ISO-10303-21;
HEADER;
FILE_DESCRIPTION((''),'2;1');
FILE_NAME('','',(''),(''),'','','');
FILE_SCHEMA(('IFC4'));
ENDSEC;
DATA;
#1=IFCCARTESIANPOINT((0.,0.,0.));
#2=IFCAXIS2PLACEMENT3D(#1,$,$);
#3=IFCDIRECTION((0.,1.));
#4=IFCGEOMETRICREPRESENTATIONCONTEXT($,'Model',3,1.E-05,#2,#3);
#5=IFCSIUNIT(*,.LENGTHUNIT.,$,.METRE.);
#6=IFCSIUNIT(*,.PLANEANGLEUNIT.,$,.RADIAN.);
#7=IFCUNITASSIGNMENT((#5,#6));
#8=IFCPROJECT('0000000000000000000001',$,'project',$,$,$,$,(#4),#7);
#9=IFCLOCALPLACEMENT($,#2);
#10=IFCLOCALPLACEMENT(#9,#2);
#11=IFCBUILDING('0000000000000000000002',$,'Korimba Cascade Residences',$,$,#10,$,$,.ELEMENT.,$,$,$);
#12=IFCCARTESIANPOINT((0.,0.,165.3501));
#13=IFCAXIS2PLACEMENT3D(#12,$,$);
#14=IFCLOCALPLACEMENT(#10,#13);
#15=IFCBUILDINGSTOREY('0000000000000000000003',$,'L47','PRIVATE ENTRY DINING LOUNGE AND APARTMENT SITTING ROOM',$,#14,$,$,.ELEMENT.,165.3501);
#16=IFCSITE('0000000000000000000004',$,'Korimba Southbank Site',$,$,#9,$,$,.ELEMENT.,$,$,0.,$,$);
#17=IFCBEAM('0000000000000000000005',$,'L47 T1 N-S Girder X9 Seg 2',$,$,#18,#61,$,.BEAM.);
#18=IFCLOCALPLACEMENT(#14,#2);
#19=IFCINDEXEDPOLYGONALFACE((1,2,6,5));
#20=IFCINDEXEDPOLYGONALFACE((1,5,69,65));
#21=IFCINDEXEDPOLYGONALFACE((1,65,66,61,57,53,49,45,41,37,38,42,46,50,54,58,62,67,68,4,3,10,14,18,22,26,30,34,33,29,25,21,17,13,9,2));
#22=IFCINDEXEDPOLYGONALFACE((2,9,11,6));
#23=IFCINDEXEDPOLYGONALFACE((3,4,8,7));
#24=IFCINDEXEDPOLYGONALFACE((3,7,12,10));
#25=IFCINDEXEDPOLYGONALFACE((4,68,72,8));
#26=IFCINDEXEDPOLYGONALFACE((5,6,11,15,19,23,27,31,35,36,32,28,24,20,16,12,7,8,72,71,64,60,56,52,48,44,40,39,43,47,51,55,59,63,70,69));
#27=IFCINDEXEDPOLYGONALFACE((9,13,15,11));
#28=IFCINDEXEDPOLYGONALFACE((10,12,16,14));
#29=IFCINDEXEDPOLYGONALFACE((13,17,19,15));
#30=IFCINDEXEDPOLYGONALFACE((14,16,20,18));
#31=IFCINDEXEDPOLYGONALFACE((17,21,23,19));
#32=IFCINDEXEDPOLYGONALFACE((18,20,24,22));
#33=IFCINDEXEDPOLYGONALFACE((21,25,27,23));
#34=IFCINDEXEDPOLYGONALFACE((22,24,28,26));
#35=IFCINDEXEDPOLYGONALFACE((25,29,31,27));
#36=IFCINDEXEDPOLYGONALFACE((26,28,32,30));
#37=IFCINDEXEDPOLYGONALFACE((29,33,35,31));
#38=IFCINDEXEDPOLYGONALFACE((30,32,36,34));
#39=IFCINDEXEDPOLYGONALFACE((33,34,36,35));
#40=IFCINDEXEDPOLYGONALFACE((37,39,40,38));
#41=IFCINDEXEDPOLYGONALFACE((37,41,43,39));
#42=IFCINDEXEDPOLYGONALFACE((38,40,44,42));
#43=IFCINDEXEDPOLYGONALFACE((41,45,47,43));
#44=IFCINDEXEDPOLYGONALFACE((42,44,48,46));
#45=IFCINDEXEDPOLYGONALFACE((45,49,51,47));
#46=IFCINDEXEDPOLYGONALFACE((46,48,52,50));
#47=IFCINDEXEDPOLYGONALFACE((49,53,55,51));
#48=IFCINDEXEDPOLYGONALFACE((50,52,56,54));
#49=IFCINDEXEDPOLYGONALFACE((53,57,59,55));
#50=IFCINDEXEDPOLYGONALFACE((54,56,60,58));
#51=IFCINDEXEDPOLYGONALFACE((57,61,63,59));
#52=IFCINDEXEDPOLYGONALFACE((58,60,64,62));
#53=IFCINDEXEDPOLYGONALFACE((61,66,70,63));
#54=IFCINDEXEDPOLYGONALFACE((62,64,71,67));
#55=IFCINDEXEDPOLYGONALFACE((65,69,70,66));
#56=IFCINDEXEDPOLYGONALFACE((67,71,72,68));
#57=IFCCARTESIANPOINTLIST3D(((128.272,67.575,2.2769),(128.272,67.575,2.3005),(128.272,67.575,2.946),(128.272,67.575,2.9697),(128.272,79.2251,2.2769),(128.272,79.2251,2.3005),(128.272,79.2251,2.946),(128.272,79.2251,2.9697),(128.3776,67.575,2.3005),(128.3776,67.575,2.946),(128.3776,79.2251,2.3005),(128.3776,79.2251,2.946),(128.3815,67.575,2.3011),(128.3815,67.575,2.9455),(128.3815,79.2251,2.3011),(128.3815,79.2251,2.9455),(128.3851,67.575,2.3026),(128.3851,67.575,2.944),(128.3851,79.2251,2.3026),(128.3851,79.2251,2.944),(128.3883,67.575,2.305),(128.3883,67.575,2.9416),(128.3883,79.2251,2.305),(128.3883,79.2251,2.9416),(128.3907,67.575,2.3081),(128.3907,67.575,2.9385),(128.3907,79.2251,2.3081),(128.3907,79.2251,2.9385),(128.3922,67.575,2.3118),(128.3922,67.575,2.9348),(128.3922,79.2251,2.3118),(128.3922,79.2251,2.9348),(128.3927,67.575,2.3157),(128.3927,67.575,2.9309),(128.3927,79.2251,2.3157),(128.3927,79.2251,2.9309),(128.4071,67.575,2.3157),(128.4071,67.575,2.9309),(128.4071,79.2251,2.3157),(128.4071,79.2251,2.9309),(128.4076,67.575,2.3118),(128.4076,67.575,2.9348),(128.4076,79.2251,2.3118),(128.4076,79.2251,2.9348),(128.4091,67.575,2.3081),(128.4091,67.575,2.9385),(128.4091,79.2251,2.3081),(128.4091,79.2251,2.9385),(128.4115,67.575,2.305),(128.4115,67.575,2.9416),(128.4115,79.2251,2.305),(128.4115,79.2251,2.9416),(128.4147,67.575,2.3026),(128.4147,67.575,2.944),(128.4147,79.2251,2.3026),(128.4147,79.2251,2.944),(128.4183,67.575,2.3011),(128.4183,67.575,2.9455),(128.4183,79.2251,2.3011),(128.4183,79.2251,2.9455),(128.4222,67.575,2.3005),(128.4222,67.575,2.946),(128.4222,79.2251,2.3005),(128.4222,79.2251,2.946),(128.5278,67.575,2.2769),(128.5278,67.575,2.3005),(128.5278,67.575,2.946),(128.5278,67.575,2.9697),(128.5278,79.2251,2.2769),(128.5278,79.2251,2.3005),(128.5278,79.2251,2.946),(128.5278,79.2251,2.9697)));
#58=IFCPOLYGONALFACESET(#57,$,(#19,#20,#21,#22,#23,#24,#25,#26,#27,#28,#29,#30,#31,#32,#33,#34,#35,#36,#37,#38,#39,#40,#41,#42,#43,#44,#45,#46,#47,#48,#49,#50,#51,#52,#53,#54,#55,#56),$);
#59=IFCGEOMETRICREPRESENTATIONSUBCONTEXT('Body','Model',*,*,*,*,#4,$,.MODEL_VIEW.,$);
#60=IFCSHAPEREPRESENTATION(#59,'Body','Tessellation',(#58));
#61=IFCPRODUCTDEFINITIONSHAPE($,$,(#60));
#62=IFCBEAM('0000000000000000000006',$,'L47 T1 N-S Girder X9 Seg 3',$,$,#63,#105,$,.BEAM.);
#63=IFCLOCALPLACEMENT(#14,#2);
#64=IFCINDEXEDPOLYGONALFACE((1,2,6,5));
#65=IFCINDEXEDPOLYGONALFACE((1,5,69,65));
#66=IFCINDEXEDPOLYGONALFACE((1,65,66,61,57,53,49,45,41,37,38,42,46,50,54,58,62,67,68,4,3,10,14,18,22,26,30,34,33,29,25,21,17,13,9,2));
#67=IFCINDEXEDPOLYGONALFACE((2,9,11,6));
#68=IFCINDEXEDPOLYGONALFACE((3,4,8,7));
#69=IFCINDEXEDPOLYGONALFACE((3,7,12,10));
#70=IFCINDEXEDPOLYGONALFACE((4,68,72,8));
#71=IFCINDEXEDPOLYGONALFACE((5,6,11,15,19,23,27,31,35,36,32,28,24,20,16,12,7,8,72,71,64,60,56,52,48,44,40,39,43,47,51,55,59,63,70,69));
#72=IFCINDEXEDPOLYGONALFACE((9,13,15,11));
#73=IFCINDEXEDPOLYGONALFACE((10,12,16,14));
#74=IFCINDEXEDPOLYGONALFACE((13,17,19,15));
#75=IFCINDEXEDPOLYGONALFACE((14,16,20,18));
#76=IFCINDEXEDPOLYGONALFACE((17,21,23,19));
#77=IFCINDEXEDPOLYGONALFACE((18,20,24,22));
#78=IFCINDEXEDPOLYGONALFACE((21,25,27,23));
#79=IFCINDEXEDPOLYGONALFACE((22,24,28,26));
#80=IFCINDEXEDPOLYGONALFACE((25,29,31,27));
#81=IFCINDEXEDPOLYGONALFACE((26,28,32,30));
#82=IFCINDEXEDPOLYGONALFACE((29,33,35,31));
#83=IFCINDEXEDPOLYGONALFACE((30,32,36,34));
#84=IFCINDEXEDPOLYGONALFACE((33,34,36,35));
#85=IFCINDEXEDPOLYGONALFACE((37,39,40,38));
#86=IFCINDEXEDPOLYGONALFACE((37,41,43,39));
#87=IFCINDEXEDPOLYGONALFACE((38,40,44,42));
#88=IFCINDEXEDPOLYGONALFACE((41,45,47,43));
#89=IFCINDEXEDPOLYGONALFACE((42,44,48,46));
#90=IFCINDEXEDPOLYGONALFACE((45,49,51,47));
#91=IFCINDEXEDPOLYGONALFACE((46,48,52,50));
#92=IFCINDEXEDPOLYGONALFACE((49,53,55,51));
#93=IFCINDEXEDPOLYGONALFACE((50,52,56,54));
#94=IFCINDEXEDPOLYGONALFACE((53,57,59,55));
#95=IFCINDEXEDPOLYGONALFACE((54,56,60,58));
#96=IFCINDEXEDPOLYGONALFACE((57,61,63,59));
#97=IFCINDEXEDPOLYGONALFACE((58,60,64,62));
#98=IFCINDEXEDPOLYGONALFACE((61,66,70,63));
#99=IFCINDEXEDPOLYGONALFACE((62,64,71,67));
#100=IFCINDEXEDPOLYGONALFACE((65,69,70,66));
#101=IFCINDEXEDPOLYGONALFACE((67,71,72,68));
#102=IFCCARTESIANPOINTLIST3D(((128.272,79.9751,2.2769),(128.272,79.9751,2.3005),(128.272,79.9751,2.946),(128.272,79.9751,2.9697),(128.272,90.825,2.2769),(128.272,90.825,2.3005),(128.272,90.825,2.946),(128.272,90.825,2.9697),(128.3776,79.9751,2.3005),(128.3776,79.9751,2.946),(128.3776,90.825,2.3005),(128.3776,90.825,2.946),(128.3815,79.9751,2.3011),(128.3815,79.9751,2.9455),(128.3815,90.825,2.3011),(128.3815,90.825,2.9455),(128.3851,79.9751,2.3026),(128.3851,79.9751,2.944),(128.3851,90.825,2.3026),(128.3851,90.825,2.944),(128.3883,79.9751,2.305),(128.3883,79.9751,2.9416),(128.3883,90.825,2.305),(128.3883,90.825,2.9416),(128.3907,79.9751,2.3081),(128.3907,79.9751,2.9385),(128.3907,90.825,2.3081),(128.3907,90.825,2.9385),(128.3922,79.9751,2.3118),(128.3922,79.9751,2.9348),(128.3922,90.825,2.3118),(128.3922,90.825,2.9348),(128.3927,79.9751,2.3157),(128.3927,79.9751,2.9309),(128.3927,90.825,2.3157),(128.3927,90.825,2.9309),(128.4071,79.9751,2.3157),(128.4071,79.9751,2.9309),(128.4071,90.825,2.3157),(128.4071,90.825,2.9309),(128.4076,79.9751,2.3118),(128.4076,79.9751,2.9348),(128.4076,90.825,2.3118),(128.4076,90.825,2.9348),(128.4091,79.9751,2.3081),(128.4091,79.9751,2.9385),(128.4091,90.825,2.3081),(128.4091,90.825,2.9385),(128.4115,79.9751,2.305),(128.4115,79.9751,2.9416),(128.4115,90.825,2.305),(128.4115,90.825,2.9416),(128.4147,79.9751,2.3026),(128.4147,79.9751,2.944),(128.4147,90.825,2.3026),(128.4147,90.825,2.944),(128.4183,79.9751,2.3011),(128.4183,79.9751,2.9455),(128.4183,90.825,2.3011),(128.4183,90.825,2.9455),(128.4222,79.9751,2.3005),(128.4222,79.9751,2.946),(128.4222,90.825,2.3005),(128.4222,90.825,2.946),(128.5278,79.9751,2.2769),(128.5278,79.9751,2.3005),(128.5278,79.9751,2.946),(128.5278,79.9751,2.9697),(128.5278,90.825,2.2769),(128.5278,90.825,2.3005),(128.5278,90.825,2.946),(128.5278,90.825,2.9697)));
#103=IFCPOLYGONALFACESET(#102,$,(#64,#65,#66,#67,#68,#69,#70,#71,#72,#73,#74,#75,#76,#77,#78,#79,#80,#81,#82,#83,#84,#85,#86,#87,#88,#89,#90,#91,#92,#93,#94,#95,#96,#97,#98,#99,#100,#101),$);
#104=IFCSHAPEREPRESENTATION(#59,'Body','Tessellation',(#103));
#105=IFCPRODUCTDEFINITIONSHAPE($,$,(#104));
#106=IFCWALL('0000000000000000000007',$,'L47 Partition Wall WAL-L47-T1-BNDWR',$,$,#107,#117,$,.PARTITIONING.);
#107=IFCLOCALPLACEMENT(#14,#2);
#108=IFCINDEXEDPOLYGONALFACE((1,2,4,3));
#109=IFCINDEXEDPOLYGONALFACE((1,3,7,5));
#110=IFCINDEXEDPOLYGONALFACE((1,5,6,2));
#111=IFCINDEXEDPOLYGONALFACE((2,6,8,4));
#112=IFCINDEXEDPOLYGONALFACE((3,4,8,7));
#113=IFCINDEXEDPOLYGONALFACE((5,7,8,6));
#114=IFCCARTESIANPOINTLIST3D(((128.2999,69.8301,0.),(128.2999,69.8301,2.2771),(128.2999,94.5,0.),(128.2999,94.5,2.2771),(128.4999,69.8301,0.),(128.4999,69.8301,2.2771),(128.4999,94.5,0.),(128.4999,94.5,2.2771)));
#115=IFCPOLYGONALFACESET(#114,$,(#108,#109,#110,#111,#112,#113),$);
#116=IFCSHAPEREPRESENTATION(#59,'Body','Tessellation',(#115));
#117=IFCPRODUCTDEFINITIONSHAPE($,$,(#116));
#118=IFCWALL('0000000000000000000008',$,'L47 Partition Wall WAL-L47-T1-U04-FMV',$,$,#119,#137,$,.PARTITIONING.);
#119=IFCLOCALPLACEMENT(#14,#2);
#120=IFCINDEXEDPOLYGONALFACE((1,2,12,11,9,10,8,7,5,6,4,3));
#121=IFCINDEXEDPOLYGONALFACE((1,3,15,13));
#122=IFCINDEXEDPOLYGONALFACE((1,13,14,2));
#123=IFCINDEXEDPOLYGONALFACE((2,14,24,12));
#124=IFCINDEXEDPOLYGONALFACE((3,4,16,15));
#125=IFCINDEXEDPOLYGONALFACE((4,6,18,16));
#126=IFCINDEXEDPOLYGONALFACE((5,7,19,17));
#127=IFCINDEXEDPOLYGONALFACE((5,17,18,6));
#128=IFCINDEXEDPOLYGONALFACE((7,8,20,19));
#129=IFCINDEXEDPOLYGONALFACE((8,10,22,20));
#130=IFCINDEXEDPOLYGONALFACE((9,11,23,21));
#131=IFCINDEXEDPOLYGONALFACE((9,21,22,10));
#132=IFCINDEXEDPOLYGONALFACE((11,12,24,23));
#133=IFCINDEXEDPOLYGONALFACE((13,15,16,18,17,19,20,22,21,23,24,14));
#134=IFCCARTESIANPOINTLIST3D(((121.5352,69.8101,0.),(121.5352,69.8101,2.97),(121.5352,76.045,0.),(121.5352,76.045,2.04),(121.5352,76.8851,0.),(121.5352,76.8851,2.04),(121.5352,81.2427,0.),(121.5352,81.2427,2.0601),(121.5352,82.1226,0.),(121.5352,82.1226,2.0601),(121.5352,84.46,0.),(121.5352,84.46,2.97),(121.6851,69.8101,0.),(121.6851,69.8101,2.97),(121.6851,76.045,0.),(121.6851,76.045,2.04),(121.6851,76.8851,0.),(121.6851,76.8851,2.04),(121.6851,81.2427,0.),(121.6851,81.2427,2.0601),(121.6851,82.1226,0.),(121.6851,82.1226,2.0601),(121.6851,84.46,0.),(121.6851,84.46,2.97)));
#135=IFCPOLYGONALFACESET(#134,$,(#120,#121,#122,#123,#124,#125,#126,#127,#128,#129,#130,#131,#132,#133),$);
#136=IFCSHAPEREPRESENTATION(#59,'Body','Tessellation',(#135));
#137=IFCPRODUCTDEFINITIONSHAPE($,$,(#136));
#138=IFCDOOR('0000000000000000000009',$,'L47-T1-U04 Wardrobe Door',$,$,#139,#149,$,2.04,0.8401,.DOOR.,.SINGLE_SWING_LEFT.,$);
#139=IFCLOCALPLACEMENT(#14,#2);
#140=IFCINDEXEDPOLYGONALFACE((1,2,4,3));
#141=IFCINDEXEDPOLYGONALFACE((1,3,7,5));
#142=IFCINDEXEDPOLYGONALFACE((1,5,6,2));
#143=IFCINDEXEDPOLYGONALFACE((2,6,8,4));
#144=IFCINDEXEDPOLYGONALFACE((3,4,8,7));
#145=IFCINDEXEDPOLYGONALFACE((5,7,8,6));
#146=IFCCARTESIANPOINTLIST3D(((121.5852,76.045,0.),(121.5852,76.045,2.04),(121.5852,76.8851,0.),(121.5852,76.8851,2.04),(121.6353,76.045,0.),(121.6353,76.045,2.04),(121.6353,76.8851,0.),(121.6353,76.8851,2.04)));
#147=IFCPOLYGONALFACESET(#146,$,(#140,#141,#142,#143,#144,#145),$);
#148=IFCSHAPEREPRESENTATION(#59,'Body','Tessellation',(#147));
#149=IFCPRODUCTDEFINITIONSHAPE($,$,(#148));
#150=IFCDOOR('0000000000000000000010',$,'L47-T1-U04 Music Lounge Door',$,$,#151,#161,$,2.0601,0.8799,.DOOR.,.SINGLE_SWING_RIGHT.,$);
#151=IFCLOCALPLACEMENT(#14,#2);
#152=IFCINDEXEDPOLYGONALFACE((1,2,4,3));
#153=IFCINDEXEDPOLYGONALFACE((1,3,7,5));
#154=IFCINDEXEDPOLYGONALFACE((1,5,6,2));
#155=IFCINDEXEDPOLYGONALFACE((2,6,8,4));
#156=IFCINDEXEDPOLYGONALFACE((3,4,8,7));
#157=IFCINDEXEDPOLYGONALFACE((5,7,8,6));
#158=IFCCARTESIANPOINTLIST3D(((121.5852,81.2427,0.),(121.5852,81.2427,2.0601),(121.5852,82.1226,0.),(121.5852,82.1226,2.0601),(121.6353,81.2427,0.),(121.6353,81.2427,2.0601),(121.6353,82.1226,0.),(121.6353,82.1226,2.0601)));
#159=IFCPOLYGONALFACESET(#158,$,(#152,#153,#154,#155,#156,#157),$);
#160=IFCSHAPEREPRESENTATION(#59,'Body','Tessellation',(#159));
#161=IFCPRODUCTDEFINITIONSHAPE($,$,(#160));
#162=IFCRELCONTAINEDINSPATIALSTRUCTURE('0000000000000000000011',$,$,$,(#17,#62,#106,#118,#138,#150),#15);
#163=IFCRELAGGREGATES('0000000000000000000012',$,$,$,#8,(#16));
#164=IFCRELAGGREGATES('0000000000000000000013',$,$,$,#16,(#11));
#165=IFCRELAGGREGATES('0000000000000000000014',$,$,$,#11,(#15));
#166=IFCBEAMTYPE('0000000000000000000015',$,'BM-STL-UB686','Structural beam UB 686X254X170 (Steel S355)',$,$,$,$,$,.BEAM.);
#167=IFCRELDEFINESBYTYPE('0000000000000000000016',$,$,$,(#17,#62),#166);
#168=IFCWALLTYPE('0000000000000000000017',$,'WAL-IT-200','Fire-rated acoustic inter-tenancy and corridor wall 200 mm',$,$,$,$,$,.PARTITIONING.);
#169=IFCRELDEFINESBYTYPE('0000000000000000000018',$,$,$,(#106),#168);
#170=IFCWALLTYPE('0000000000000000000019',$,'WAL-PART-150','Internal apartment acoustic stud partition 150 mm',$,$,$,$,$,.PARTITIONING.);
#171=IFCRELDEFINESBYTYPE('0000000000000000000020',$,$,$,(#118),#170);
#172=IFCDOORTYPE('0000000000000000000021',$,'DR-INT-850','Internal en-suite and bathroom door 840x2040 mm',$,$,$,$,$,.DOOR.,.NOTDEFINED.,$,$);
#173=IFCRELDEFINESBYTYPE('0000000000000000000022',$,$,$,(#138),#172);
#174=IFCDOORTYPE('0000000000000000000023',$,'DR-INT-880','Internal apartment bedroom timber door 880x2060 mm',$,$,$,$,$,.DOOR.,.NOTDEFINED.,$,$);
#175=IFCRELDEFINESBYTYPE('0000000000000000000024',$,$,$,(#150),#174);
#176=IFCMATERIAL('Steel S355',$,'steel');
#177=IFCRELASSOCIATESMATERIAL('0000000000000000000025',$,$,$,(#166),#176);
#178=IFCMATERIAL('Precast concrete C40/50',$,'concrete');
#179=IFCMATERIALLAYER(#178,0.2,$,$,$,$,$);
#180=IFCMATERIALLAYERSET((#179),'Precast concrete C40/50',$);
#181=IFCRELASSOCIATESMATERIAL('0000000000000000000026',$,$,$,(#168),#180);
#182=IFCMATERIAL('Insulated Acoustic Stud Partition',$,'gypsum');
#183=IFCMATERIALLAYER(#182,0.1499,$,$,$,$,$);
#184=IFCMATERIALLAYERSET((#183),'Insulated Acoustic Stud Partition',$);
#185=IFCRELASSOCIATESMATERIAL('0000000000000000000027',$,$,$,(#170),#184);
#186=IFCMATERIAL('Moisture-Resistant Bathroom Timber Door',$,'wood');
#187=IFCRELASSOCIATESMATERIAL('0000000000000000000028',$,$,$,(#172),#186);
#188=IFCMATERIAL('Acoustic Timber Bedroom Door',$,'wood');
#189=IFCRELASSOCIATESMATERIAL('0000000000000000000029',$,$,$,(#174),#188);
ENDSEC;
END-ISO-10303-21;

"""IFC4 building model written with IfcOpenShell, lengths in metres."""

from ifc_helpers import new_model, si_unit, direction, frame, frame_2d, origin, origin_2d, place, context, subcontext, project, spatial, rectangle, i_section, extrude, material, layer, layer_set, material_profile, profile_set, type_object, element, fill, save


model = new_model("IFC4")

# Units and contexts
model_context = context("Model", 3, precision=1e-05, world=origin(), true_north=direction((0.0, 1.0)))
body_context = subcontext(model_context, "Body", "Model", "MODEL_VIEW")
ifc_project = project(units=[si_unit("LENGTHUNIT", "METRE"), si_unit("PLANEANGLEUNIT", "RADIAN")], contexts=[model_context])

# Site, building, storey
site_placement = place(None, origin())
site = spatial("IfcSite", under=ifc_project, at=site_placement, Name="Korimba Southbank Site", CompositionType="ELEMENT", RefElevation=0.0)
building_placement = place(site_placement, origin())
building = spatial("IfcBuilding", under=site, at=building_placement, Name="Korimba Cascade Residences", CompositionType="ELEMENT")
storey_placement = place(building_placement, frame((0.0, 0.0, 165.3501)))
storey = spatial("IfcBuildingStorey", under=building, at=storey_placement, Name="L47", Description="PRIVATE ENTRY DINING LOUNGE AND APARTMENT SITTING ROOM", CompositionType="ELEMENT", Elevation=165.3501)

# Beams
ifc_material_1 = material(Name="Steel S355", Category="steel")
ifc_material_profile_1 = material_profile(ifc_material_1, i_section(OverallWidth=0.2559, OverallDepth=0.6929, WebThickness=0.0144, FlangeThickness=0.0237, FilletRadius=0.0151, at=origin_2d()), Name="Steel S355")
ifc_profile_set_1 = profile_set([ifc_material_profile_1], Name="Steel S355")
beam_type_1 = type_object("IfcBeamType", Name="BM-STL-UB686", Description="Structural beam UB 686X254X170 (Steel S355)", PredefinedType="BEAM", material=ifc_profile_set_1)
beam_1_placement = place(storey_placement, frame((128.3999, 67.575, 2.6233), z_axis=(0.0, 1.0, 0.0), x_axis=(-1.0, 0.0, 0.0)))
element("IfcBeam", 1, at=beam_1_placement, inside=storey, type_object=beam_type_1, Name="L47 T1 N-S Girder X9 Seg 2", PredefinedType="BEAM", context=body_context, shape_type="SweptSolid", body=[
    extrude(i_section(OverallWidth=0.2559, OverallDepth=0.6929, WebThickness=0.0144, FlangeThickness=0.0237, FilletRadius=0.0151, at=origin_2d()), origin(), (0.0, 0.0, 1.0), 11.6501),
])
beam_2_placement = place(storey_placement, frame((128.3999, 79.9751, 2.6233), z_axis=(0.0, 1.0, 0.0), x_axis=(-1.0, 0.0, 0.0)))
element("IfcBeam", 2, at=beam_2_placement, inside=storey, type_object=beam_type_1, Name="L47 T1 N-S Girder X9 Seg 3", PredefinedType="BEAM", context=body_context, shape_type="SweptSolid", body=[
    extrude(i_section(OverallWidth=0.2559, OverallDepth=0.6929, WebThickness=0.0144, FlangeThickness=0.0237, FilletRadius=0.0151, at=origin_2d()), origin(), (0.0, 0.0, 1.0), 10.8499),
])

# Wall
ifc_material_2 = material(Name="Precast concrete C40/50", Category="concrete")
ifc_layer_1 = layer(ifc_material_2, 0.2)
ifc_layer_set_1 = layer_set([ifc_layer_1], Name="Precast concrete C40/50")
wall_type_1 = type_object("IfcWallType", Name="WAL-IT-200", Description="Fire-rated acoustic inter-tenancy and corridor wall 200 mm", PredefinedType="PARTITIONING", material=ifc_layer_set_1)
wall_1_placement = place(storey_placement, frame((128.3999, 69.8301, 0.0), z_axis=(0.0, 0.0, 1.0), x_axis=(0.0, 1.0, 0.0)))
element("IfcWall", 3, at=wall_1_placement, inside=storey, type_object=wall_type_1, Name="L47 Partition Wall WAL-L47-T1-BNDWR", PredefinedType="PARTITIONING", context=body_context, shape_type="SweptSolid", body=[
    extrude(rectangle(XDim=24.6699, YDim=0.2, at=frame_2d((12.335, 0.0))), origin(), (0.0, 0.0, 1.0), 2.2771),
])

# Wall, openings, doors
ifc_material_3 = material(Name="Insulated Acoustic Stud Partition", Category="gypsum")
ifc_layer_2 = layer(ifc_material_3, 0.1499)
ifc_layer_set_2 = layer_set([ifc_layer_2], Name="Insulated Acoustic Stud Partition")
wall_type_2 = type_object("IfcWallType", Name="WAL-PART-150", Description="Internal apartment acoustic stud partition 150 mm", PredefinedType="PARTITIONING", material=ifc_layer_set_2)
wall_2_placement = place(storey_placement, frame((121.6101, 69.8101, 0.0), z_axis=(0.0, 0.0, 1.0), x_axis=(0.0, 1.0, 0.0)))
wall_2 = element("IfcWall", 4, at=wall_2_placement, inside=storey, type_object=wall_type_2, Name="L47 Partition Wall WAL-L47-T1-U04-FMV", PredefinedType="PARTITIONING", context=body_context, shape_type="SweptSolid", body=[
    extrude(rectangle(XDim=14.6499, YDim=0.1499, at=frame_2d((7.325, 0.0))), origin(), (0.0, 0.0, 1.0), 2.97),
])
opening_1_placement = place(wall_2_placement, frame((6.2351, 0.0, 0.0)))
opening_1 = element("IfcOpeningElement", 5, at=opening_1_placement, cuts=wall_2, PredefinedType="OPENING", context=body_context, shape_type="SweptSolid", body=[
    extrude(rectangle(XDim=0.8401, YDim=2.04, at=frame_2d((0.4199, 1.02))), frame((0.0, 0.085, 0.0), z_axis=(0.0, -1.0, 0.0), x_axis=(1.0, 0.0, 0.0)), (0.0, 0.0, 1.0), 0.1699),
])
opening_2_placement = place(wall_2_placement, frame((11.4326, 0.0, 0.0)))
opening_2 = element("IfcOpeningElement", 6, at=opening_2_placement, cuts=wall_2, PredefinedType="OPENING", context=body_context, shape_type="SweptSolid", body=[
    extrude(rectangle(XDim=0.8799, YDim=2.0601, at=frame_2d((0.4399, 1.03))), frame((0.0, 0.085, 0.0), z_axis=(0.0, -1.0, 0.0), x_axis=(1.0, 0.0, 0.0)), (0.0, 0.0, 1.0), 0.1699),
])
ifc_material_4 = material(Name="Moisture-Resistant Bathroom Timber Door", Category="wood")
door_type_1 = type_object("IfcDoorType", Name="DR-INT-850", Description="Internal en-suite and bathroom door 840x2040 mm", OperationType="NOTDEFINED", PredefinedType="DOOR", material=ifc_material_4)
door_1_placement = place(opening_1_placement, origin())
door_1 = element("IfcDoor", 7, at=door_1_placement, inside=storey, type_object=door_type_1, Name="L47-T1-U04 Wardrobe Door", OperationType="SINGLE_SWING_LEFT", OverallHeight=2.04, OverallWidth=0.8401, PredefinedType="DOOR", context=body_context, shape_type="SweptSolid", body=[
    extrude(rectangle(XDim=0.8401, YDim=2.04, at=frame_2d((0.4199, 1.02))), frame((0.0, 0.0249, 0.0), z_axis=(0.0, -1.0, 0.0), x_axis=(1.0, 0.0, 0.0)), (0.0, 0.0, 1.0), 0.05),
])
fill(opening_1, door_1)
ifc_material_5 = material(Name="Acoustic Timber Bedroom Door", Category="wood")
door_type_2 = type_object("IfcDoorType", Name="DR-INT-880", Description="Internal apartment bedroom timber door 880x2060 mm", OperationType="NOTDEFINED", PredefinedType="DOOR", material=ifc_material_5)
door_2_placement = place(opening_2_placement, origin())
door_2 = element("IfcDoor", 8, at=door_2_placement, inside=storey, type_object=door_type_2, Name="L47-T1-U04 Music Lounge Door", OperationType="SINGLE_SWING_RIGHT", OverallHeight=2.0601, OverallWidth=0.8799, PredefinedType="DOOR", context=body_context, shape_type="SweptSolid", body=[
    extrude(rectangle(XDim=0.8799, YDim=2.0601, at=frame_2d((0.4399, 1.03))), frame((0.0, 0.0249, 0.0), z_axis=(0.0, -1.0, 0.0), x_axis=(1.0, 0.0, 0.0)), (0.0, 0.0, 1.0), 0.05),
])
fill(opening_2, door_2)

save(model, "model.ifc")
